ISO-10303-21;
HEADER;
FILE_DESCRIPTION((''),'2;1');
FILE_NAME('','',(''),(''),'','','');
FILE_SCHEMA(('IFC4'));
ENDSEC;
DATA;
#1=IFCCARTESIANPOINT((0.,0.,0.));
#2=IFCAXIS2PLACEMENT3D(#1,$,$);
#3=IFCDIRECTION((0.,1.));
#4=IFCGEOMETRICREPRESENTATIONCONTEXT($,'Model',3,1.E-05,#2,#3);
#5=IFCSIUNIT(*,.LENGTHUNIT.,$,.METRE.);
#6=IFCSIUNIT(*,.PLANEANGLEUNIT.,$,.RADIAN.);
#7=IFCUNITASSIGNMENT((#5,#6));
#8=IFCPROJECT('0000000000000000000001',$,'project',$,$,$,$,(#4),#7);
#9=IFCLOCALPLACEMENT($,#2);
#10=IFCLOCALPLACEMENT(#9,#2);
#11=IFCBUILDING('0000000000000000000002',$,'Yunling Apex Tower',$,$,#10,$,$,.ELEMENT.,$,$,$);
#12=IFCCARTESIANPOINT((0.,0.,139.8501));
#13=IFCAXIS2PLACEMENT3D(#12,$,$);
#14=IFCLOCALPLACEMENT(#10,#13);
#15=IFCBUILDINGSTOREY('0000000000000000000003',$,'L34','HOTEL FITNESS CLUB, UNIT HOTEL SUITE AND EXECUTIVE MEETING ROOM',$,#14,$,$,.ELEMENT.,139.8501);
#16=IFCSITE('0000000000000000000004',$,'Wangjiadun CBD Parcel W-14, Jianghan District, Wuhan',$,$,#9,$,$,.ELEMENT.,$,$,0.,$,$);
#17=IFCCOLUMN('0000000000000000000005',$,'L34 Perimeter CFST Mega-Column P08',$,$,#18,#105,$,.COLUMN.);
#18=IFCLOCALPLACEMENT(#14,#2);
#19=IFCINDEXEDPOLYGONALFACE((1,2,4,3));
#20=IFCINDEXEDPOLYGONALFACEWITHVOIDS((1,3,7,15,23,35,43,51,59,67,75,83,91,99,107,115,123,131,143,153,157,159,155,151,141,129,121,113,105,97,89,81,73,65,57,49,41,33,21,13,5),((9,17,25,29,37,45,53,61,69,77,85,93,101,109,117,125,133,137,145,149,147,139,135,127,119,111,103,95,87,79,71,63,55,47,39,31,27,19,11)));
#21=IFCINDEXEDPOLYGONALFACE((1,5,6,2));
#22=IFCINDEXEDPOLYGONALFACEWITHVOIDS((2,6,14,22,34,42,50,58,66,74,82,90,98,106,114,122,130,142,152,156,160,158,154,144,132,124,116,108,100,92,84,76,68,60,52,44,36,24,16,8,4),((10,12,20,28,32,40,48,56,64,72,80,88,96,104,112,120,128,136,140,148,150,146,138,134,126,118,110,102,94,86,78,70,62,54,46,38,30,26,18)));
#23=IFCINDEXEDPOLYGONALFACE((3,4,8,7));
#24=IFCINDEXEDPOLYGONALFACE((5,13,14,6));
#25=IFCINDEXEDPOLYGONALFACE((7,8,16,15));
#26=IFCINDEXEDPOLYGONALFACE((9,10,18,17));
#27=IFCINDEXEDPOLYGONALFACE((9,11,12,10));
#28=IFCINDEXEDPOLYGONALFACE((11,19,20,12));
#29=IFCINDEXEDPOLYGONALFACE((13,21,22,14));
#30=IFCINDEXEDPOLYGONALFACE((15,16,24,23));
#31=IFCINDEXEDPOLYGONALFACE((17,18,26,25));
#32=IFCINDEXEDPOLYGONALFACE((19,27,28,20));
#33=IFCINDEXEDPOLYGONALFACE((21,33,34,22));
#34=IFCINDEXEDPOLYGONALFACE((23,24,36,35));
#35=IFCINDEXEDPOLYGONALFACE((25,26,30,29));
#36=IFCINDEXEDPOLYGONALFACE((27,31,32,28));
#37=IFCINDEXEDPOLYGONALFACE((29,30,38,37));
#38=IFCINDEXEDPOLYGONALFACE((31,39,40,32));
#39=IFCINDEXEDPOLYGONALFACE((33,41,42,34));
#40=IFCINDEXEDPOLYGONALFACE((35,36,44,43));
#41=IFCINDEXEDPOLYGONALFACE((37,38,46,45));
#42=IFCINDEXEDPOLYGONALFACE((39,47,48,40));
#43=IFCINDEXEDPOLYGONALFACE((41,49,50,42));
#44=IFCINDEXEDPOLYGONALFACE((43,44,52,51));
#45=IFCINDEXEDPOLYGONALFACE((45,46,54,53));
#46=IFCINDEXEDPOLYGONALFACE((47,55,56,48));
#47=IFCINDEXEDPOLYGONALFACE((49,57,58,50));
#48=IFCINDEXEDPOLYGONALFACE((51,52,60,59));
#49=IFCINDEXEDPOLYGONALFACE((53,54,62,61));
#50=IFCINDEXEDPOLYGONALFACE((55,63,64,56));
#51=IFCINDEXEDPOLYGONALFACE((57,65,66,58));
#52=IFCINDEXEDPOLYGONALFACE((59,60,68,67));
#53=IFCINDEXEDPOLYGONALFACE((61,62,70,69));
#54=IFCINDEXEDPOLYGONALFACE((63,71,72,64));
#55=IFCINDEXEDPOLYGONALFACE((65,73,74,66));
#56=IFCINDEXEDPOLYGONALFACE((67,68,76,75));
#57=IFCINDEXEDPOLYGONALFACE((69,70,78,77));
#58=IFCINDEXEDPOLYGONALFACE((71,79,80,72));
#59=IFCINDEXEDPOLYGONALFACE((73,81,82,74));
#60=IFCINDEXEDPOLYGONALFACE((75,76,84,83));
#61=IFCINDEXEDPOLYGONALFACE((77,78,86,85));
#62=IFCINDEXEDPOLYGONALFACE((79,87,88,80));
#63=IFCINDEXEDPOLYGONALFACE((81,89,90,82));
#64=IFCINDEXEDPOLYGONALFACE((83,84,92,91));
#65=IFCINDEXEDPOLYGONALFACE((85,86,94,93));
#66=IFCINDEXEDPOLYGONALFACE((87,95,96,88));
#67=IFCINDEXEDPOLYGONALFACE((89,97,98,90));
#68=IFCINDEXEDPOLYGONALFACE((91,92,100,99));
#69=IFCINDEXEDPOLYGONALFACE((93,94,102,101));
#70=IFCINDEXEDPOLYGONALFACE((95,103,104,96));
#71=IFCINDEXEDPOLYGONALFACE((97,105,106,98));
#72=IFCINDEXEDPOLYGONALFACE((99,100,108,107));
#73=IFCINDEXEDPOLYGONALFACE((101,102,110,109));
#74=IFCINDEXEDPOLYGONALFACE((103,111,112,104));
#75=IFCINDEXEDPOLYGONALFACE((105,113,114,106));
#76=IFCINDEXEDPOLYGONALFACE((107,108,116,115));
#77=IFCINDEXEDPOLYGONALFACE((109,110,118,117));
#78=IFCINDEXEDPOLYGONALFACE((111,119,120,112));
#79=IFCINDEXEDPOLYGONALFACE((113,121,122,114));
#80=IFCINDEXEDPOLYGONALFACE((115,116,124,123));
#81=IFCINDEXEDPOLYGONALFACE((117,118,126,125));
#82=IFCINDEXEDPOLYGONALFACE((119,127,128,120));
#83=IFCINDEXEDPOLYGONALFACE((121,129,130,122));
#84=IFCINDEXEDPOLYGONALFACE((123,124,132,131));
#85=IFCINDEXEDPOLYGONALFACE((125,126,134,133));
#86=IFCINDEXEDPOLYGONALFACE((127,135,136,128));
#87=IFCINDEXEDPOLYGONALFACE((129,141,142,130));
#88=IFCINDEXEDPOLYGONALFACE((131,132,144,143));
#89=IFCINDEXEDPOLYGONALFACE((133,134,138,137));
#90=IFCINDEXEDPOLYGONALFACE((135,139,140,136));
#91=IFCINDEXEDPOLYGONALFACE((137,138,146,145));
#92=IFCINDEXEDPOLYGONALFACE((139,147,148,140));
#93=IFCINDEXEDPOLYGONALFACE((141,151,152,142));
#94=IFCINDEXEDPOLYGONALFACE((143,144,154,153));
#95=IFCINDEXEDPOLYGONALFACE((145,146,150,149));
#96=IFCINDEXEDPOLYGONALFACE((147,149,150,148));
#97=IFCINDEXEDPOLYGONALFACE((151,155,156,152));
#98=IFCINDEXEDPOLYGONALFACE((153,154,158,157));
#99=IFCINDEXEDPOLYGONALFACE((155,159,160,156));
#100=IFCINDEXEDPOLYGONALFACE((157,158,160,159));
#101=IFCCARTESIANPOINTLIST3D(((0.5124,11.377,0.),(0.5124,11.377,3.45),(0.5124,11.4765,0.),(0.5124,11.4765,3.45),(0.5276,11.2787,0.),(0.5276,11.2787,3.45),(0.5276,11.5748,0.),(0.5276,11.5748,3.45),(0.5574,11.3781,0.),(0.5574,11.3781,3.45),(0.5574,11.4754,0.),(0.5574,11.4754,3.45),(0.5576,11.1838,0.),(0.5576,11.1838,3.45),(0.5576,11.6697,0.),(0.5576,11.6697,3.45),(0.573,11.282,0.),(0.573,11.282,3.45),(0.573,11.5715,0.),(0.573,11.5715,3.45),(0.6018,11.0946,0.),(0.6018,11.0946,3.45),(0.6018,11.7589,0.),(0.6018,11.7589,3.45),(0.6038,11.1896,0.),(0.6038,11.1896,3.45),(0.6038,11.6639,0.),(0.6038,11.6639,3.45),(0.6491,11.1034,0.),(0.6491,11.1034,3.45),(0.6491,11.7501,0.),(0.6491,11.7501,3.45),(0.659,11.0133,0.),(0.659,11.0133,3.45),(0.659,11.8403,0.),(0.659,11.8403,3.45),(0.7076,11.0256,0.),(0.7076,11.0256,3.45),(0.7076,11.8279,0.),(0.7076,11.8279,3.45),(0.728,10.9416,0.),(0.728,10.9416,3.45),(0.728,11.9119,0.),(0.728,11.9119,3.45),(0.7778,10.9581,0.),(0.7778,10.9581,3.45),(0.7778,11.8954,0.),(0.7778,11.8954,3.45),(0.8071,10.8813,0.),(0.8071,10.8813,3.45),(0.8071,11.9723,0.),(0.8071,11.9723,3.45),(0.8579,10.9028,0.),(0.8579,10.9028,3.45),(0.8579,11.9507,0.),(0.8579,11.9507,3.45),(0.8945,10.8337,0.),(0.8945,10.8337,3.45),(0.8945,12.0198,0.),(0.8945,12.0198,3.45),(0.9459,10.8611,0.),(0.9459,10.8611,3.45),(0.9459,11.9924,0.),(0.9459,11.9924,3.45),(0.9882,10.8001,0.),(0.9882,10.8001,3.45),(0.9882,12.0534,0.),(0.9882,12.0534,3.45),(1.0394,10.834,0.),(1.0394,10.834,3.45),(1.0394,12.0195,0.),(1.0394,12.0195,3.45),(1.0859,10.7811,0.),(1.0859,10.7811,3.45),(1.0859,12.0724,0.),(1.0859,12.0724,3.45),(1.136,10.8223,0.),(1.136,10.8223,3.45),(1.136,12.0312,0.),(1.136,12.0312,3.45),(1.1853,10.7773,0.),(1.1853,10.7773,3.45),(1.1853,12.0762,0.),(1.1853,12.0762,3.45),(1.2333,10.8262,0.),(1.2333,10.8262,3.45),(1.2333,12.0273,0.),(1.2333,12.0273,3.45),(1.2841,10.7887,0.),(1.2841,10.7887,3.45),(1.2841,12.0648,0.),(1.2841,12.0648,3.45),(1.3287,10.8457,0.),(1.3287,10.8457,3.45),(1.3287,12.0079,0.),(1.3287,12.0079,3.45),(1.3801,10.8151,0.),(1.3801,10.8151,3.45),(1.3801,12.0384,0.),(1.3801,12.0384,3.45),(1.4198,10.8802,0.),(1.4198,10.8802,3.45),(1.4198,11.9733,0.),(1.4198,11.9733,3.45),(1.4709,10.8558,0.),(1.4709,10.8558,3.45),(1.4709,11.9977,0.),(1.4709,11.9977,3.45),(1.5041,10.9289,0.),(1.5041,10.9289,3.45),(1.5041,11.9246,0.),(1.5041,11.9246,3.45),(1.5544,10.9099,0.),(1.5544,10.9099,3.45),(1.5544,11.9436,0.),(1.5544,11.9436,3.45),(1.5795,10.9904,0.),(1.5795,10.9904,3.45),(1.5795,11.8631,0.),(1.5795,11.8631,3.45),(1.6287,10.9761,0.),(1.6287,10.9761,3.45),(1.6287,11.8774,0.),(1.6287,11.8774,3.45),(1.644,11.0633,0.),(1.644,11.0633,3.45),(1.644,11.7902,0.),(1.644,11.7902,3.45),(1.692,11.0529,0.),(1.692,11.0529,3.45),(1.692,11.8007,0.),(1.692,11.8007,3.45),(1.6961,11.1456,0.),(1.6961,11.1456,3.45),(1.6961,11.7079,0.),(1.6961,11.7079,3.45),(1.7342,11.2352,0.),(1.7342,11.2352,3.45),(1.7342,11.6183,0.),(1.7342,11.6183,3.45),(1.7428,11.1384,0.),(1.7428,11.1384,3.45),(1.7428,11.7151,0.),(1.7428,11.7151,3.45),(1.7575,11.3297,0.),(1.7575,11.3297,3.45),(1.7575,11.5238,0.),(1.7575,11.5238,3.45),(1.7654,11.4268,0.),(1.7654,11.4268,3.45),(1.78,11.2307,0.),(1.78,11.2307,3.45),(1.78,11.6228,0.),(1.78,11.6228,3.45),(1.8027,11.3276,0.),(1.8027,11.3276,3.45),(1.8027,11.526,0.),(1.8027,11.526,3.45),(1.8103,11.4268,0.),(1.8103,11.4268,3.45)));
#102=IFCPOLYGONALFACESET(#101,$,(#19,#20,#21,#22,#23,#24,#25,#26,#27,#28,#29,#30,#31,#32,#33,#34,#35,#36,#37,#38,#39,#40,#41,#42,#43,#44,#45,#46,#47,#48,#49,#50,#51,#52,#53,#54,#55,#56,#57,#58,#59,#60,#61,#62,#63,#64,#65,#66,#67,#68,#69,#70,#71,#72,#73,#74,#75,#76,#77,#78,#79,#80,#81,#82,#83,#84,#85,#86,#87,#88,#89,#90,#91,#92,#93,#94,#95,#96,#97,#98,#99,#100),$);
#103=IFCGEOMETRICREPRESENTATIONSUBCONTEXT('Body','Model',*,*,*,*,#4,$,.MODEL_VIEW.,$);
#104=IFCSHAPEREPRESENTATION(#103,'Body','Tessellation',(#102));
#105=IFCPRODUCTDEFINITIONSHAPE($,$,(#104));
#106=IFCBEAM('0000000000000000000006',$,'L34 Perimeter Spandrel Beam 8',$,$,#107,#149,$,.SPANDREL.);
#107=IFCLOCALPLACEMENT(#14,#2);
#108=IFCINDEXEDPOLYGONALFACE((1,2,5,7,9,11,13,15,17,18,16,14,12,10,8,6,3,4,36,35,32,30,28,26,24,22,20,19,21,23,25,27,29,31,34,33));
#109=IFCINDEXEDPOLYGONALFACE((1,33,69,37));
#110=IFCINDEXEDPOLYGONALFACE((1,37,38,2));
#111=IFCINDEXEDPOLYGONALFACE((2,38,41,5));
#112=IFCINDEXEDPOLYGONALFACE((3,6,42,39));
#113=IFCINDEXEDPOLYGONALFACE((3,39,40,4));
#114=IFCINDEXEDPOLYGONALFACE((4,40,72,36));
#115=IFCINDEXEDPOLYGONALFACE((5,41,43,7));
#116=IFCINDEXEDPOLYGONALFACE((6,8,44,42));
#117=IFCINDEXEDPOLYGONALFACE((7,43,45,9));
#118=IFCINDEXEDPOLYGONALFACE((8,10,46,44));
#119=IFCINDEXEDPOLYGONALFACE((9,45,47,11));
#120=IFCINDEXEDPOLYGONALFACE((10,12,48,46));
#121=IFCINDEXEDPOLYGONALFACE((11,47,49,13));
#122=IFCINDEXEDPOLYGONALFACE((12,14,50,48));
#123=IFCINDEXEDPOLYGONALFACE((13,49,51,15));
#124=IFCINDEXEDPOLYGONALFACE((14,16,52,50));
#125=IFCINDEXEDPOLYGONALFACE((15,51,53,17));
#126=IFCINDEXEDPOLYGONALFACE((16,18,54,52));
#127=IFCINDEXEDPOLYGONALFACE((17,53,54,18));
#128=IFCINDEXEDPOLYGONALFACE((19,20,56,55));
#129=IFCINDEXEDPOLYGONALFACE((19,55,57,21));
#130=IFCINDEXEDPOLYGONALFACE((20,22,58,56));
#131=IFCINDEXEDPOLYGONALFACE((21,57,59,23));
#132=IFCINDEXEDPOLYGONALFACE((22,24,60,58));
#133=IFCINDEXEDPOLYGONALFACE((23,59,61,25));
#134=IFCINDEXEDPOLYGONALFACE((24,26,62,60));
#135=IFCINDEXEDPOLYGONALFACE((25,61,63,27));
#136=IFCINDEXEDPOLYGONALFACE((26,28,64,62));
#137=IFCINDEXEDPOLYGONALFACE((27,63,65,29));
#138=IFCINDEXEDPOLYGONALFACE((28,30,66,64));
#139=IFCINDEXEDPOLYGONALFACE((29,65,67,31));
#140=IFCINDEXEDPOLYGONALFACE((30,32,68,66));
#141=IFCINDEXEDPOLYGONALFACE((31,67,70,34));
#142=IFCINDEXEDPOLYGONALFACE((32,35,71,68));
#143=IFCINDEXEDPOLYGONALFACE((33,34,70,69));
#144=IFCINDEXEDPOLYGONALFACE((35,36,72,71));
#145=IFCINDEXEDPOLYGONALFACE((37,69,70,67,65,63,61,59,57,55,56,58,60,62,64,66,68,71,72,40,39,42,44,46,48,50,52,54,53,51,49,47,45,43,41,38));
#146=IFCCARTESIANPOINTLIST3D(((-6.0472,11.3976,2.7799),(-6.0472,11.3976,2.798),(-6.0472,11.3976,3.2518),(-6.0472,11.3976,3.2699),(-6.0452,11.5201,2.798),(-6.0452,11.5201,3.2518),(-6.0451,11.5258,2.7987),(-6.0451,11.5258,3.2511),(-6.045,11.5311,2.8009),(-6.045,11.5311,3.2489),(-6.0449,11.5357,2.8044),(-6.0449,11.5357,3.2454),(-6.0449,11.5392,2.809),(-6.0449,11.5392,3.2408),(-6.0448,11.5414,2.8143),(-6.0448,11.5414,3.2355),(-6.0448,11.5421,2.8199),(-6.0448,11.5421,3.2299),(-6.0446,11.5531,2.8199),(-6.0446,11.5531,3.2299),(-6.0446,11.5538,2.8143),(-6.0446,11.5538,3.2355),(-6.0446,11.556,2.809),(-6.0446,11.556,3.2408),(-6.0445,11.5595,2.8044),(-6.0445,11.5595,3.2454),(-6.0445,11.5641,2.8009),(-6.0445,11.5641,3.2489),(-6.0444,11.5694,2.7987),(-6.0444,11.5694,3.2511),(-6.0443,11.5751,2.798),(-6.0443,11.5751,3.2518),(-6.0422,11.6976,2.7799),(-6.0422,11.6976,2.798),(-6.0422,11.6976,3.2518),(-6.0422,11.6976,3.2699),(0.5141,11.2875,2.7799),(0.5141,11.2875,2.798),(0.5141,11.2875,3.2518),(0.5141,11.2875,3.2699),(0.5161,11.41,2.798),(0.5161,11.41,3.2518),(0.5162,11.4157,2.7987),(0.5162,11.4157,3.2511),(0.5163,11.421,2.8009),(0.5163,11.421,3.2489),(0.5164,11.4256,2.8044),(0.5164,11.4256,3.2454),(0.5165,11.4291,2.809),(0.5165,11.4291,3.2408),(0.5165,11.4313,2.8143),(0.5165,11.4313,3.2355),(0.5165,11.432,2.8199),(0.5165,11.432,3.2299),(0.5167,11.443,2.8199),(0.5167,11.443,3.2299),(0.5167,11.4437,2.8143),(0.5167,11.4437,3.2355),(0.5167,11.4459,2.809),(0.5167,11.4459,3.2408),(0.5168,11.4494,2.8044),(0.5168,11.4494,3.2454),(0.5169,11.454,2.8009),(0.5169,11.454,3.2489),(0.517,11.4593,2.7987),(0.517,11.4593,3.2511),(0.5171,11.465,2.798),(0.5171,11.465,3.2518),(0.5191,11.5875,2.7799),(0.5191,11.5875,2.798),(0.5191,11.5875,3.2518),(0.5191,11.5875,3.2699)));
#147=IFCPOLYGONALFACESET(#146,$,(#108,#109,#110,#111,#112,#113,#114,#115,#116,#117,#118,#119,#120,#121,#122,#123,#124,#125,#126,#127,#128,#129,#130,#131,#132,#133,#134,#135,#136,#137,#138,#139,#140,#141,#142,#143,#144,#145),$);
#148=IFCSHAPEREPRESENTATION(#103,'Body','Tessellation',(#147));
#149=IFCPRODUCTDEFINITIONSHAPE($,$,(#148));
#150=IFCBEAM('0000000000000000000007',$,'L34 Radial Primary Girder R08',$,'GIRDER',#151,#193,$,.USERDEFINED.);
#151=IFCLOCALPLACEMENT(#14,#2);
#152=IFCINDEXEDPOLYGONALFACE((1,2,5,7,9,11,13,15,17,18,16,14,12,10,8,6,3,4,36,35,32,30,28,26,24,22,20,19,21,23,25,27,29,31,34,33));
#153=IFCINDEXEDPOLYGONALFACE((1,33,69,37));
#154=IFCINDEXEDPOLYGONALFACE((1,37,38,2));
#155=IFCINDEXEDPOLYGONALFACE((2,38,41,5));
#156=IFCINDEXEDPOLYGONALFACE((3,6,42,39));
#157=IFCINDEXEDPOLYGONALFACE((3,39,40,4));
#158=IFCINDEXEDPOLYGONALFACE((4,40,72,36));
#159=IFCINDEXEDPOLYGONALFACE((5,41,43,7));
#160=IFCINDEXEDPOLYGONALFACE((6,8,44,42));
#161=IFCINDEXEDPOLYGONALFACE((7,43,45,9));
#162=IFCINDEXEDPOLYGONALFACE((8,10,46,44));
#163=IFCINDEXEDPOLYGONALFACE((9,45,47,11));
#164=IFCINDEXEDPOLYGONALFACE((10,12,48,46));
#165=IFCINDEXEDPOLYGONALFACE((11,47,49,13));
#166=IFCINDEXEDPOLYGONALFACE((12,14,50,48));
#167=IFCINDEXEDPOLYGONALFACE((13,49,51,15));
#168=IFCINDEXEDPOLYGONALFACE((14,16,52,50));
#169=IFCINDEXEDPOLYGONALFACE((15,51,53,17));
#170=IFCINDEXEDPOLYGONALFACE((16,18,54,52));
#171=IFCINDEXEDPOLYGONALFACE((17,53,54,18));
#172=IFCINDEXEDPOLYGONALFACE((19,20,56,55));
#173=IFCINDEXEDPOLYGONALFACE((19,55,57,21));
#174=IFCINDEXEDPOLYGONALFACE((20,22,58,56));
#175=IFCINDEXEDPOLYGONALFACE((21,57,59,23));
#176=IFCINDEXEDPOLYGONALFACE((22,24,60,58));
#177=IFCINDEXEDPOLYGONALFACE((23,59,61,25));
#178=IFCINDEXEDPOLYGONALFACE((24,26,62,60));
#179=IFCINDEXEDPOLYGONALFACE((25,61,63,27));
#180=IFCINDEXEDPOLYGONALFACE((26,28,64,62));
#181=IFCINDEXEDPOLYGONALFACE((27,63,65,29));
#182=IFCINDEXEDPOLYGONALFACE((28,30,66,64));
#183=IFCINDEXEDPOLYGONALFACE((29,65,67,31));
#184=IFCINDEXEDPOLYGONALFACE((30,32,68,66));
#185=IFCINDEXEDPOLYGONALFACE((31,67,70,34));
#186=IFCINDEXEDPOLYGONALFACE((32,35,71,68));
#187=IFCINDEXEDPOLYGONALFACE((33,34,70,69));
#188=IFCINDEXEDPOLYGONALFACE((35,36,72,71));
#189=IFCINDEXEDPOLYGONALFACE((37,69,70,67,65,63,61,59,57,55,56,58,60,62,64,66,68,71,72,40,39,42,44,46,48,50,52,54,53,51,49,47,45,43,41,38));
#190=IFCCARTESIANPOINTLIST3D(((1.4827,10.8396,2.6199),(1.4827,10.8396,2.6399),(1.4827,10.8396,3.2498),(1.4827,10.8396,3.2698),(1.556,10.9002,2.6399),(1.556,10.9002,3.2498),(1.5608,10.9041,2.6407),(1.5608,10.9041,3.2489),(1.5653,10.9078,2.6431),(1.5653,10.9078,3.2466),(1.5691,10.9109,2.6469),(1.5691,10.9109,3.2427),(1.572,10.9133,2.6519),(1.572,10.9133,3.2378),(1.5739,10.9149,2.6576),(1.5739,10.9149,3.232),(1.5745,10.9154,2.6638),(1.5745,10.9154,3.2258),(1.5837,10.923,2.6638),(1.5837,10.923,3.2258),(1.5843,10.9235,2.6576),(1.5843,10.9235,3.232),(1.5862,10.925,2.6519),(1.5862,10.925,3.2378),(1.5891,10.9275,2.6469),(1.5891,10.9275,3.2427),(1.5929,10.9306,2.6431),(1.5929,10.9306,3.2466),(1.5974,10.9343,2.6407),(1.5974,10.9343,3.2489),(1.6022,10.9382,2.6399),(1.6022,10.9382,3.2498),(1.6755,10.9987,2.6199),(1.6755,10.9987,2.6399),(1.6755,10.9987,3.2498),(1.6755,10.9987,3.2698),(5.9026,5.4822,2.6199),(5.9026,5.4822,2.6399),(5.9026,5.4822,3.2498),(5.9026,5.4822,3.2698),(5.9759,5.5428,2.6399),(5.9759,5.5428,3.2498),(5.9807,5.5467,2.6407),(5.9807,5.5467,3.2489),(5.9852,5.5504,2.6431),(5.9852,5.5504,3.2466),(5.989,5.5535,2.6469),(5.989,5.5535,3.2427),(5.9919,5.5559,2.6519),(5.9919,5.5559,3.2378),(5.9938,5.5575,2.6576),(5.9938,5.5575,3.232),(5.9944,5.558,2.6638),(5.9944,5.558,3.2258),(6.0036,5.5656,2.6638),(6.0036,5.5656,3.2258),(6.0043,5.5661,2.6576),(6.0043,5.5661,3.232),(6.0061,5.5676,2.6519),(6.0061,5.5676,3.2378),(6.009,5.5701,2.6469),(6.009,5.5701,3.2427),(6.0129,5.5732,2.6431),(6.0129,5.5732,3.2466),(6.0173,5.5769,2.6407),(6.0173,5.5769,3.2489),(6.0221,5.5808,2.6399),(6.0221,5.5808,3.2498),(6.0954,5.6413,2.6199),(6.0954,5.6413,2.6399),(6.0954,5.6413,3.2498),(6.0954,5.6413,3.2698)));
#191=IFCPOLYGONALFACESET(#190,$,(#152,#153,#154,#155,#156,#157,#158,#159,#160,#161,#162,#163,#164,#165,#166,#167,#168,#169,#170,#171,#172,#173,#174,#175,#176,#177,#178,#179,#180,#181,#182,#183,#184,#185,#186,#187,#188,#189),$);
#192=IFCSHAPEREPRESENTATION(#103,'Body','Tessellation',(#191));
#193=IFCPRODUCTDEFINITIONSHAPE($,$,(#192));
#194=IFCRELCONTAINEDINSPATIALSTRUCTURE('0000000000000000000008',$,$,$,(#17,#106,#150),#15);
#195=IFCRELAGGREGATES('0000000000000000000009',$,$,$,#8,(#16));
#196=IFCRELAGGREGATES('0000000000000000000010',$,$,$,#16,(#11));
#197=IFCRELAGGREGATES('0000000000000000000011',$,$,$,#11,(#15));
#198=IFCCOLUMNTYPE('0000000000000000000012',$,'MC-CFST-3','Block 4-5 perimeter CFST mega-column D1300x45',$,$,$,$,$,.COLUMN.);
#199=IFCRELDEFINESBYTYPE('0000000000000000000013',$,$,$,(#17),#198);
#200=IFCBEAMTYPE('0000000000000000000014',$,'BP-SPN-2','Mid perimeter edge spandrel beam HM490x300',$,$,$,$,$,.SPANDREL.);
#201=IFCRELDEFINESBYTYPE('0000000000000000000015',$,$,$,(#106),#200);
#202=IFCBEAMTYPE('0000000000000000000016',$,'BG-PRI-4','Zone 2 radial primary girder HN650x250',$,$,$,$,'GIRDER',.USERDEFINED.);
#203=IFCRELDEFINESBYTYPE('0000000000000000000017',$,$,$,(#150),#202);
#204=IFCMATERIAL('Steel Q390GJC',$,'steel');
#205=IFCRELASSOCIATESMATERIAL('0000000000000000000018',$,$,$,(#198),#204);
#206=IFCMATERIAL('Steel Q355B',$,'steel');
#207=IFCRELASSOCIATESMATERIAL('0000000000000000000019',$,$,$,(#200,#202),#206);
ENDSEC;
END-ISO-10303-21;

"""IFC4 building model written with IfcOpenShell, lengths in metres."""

from ifc_helpers import new_model, si_unit, direction, frame, origin, origin_2d, place, context, subcontext, project, spatial, hollow_circle, i_section, extrude, source, transform, mapped, material, material_profile, profile_set, type_object, element, save


model = new_model("IFC4")

# Units and contexts
model_context = context("Model", 3, precision=1e-05, world=origin(), true_north=direction((0.0, 1.0)))
body_context = subcontext(model_context, "Body", "Model", "MODEL_VIEW")
ifc_project = project(units=[si_unit("LENGTHUNIT", "METRE"), si_unit("PLANEANGLEUNIT", "RADIAN")], contexts=[model_context])

# Site, building, storey
site_placement = place(None, origin())
site = spatial("IfcSite", under=ifc_project, at=site_placement, Name="Wangjiadun CBD Parcel W-14, Jianghan District, Wuhan", CompositionType="ELEMENT", RefElevation=0.0)
building_placement = place(site_placement, origin())
building = spatial("IfcBuilding", under=site, at=building_placement, Name="Yunling Apex Tower", CompositionType="ELEMENT")
storey_placement = place(building_placement, frame((0.0, 0.0, 139.8501)))
storey = spatial("IfcBuildingStorey", under=building, at=storey_placement, Name="L34", Description="HOTEL FITNESS CLUB, UNIT HOTEL SUITE AND EXECUTIVE MEETING ROOM", CompositionType="ELEMENT", Elevation=139.8501)

# Column
ifc_material_1 = material(Name="Steel Q390GJC", Category="steel")
ifc_material_profile_1 = material_profile(ifc_material_1, hollow_circle(Radius=0.6499, WallThickness=0.0449, at=origin_2d()))
ifc_profile_set_1 = profile_set([ifc_material_profile_1], Name="Steel Q390GJC")
column_type = type_object("IfcColumnType", Name="MC-CFST-3", Description="Block 4-5 perimeter CFST mega-column D1300x45", PredefinedType="COLUMN", material=ifc_profile_set_1)
shared_shape_1 = source(origin(), body_context, "Body", "SweptSolid", [
    extrude(hollow_circle(Radius=0.6499, WallThickness=0.0449, at=origin_2d()), origin(), (0.0, 0.0, 1.0), 3.45),
])
column_placement = place(storey_placement, frame((1.1604, 11.4268, 0.0), z_axis=(0.0, 0.0, 1.0), x_axis=(1.0, 0.0, 0.0)))
element("IfcColumn", 1, at=column_placement, inside=storey, type_object=column_type, Name="L34 Perimeter CFST Mega-Column P08", PredefinedType="COLUMN", context=body_context, shape_type="MappedRepresentation", body=[
    mapped(shared_shape_1, transform((0.0, 0.0, 0.0), scale=1.0)),
])

# Beams
ifc_material_2 = material(Name="Steel Q355B", Category="steel")
ifc_material_profile_2 = material_profile(ifc_material_2, i_section(OverallWidth=0.3, OverallDepth=0.49, WebThickness=0.011, FlangeThickness=0.0181, FilletRadius=0.022, at=origin_2d()))
ifc_profile_set_2 = profile_set([ifc_material_profile_2], Name="Steel Q355B")
beam_type_1 = type_object("IfcBeamType", Name="BP-SPN-2", Description="Mid perimeter edge spandrel beam HM490x300", PredefinedType="SPANDREL", material=ifc_profile_set_2)
shared_shape_2 = source(origin(), body_context, "Body", "SweptSolid", [
    extrude(i_section(OverallWidth=0.3, OverallDepth=0.49, WebThickness=0.011, FlangeThickness=0.0181, FilletRadius=0.022, at=origin_2d()), origin(), (0.0, 0.0, 1.0), 6.5623),
])
beam_1_placement = place(storey_placement, frame((0.5166, 11.4375, 3.0249), z_axis=(-0.999859, 0.016779, 0.0), x_axis=(-0.016779, -0.999859, 0.0)))
element("IfcBeam", 2, at=beam_1_placement, inside=storey, type_object=beam_type_1, Name="L34 Perimeter Spandrel Beam 8", PredefinedType="SPANDREL", context=body_context, shape_type="MappedRepresentation", body=[
    mapped(shared_shape_2, transform((0.0, 0.0, 0.0), scale=1.0)),
])
ifc_material_profile_3 = material_profile(ifc_material_2, i_section(OverallWidth=0.25, OverallDepth=0.6499, WebThickness=0.012, FlangeThickness=0.02, FilletRadius=0.0239, at=origin_2d()))
ifc_profile_set_3 = profile_set([ifc_material_profile_3], Name="Steel Q355B")
beam_type_2 = type_object("IfcBeamType", Name="BG-PRI-4", Description="Zone 2 radial primary girder HN650x250", ElementType="GIRDER", PredefinedType="USERDEFINED", material=ifc_profile_set_3)
shared_shape_3 = source(origin(), body_context, "Body", "SweptSolid", [
    extrude(i_section(OverallWidth=0.25, OverallDepth=0.6499, WebThickness=0.012, FlangeThickness=0.02, FilletRadius=0.0239, at=origin_2d()), origin(), (0.0, 0.0, 1.0), 6.9453),
])
beam_2_placement = place(storey_placement, frame((1.5791, 10.9192, 2.9448), z_axis=(0.636387, -0.77137, 0.0), x_axis=(0.77137, 0.636387, 0.0)))
element("IfcBeam", 3, at=beam_2_placement, inside=storey, type_object=beam_type_2, Name="L34 Radial Primary Girder R08", ObjectType="GIRDER", PredefinedType="USERDEFINED", context=body_context, shape_type="MappedRepresentation", body=[
    mapped(shared_shape_3, transform((0.0, 0.0, 0.0), scale=1.0)),
])

save(model, "model.ifc")
